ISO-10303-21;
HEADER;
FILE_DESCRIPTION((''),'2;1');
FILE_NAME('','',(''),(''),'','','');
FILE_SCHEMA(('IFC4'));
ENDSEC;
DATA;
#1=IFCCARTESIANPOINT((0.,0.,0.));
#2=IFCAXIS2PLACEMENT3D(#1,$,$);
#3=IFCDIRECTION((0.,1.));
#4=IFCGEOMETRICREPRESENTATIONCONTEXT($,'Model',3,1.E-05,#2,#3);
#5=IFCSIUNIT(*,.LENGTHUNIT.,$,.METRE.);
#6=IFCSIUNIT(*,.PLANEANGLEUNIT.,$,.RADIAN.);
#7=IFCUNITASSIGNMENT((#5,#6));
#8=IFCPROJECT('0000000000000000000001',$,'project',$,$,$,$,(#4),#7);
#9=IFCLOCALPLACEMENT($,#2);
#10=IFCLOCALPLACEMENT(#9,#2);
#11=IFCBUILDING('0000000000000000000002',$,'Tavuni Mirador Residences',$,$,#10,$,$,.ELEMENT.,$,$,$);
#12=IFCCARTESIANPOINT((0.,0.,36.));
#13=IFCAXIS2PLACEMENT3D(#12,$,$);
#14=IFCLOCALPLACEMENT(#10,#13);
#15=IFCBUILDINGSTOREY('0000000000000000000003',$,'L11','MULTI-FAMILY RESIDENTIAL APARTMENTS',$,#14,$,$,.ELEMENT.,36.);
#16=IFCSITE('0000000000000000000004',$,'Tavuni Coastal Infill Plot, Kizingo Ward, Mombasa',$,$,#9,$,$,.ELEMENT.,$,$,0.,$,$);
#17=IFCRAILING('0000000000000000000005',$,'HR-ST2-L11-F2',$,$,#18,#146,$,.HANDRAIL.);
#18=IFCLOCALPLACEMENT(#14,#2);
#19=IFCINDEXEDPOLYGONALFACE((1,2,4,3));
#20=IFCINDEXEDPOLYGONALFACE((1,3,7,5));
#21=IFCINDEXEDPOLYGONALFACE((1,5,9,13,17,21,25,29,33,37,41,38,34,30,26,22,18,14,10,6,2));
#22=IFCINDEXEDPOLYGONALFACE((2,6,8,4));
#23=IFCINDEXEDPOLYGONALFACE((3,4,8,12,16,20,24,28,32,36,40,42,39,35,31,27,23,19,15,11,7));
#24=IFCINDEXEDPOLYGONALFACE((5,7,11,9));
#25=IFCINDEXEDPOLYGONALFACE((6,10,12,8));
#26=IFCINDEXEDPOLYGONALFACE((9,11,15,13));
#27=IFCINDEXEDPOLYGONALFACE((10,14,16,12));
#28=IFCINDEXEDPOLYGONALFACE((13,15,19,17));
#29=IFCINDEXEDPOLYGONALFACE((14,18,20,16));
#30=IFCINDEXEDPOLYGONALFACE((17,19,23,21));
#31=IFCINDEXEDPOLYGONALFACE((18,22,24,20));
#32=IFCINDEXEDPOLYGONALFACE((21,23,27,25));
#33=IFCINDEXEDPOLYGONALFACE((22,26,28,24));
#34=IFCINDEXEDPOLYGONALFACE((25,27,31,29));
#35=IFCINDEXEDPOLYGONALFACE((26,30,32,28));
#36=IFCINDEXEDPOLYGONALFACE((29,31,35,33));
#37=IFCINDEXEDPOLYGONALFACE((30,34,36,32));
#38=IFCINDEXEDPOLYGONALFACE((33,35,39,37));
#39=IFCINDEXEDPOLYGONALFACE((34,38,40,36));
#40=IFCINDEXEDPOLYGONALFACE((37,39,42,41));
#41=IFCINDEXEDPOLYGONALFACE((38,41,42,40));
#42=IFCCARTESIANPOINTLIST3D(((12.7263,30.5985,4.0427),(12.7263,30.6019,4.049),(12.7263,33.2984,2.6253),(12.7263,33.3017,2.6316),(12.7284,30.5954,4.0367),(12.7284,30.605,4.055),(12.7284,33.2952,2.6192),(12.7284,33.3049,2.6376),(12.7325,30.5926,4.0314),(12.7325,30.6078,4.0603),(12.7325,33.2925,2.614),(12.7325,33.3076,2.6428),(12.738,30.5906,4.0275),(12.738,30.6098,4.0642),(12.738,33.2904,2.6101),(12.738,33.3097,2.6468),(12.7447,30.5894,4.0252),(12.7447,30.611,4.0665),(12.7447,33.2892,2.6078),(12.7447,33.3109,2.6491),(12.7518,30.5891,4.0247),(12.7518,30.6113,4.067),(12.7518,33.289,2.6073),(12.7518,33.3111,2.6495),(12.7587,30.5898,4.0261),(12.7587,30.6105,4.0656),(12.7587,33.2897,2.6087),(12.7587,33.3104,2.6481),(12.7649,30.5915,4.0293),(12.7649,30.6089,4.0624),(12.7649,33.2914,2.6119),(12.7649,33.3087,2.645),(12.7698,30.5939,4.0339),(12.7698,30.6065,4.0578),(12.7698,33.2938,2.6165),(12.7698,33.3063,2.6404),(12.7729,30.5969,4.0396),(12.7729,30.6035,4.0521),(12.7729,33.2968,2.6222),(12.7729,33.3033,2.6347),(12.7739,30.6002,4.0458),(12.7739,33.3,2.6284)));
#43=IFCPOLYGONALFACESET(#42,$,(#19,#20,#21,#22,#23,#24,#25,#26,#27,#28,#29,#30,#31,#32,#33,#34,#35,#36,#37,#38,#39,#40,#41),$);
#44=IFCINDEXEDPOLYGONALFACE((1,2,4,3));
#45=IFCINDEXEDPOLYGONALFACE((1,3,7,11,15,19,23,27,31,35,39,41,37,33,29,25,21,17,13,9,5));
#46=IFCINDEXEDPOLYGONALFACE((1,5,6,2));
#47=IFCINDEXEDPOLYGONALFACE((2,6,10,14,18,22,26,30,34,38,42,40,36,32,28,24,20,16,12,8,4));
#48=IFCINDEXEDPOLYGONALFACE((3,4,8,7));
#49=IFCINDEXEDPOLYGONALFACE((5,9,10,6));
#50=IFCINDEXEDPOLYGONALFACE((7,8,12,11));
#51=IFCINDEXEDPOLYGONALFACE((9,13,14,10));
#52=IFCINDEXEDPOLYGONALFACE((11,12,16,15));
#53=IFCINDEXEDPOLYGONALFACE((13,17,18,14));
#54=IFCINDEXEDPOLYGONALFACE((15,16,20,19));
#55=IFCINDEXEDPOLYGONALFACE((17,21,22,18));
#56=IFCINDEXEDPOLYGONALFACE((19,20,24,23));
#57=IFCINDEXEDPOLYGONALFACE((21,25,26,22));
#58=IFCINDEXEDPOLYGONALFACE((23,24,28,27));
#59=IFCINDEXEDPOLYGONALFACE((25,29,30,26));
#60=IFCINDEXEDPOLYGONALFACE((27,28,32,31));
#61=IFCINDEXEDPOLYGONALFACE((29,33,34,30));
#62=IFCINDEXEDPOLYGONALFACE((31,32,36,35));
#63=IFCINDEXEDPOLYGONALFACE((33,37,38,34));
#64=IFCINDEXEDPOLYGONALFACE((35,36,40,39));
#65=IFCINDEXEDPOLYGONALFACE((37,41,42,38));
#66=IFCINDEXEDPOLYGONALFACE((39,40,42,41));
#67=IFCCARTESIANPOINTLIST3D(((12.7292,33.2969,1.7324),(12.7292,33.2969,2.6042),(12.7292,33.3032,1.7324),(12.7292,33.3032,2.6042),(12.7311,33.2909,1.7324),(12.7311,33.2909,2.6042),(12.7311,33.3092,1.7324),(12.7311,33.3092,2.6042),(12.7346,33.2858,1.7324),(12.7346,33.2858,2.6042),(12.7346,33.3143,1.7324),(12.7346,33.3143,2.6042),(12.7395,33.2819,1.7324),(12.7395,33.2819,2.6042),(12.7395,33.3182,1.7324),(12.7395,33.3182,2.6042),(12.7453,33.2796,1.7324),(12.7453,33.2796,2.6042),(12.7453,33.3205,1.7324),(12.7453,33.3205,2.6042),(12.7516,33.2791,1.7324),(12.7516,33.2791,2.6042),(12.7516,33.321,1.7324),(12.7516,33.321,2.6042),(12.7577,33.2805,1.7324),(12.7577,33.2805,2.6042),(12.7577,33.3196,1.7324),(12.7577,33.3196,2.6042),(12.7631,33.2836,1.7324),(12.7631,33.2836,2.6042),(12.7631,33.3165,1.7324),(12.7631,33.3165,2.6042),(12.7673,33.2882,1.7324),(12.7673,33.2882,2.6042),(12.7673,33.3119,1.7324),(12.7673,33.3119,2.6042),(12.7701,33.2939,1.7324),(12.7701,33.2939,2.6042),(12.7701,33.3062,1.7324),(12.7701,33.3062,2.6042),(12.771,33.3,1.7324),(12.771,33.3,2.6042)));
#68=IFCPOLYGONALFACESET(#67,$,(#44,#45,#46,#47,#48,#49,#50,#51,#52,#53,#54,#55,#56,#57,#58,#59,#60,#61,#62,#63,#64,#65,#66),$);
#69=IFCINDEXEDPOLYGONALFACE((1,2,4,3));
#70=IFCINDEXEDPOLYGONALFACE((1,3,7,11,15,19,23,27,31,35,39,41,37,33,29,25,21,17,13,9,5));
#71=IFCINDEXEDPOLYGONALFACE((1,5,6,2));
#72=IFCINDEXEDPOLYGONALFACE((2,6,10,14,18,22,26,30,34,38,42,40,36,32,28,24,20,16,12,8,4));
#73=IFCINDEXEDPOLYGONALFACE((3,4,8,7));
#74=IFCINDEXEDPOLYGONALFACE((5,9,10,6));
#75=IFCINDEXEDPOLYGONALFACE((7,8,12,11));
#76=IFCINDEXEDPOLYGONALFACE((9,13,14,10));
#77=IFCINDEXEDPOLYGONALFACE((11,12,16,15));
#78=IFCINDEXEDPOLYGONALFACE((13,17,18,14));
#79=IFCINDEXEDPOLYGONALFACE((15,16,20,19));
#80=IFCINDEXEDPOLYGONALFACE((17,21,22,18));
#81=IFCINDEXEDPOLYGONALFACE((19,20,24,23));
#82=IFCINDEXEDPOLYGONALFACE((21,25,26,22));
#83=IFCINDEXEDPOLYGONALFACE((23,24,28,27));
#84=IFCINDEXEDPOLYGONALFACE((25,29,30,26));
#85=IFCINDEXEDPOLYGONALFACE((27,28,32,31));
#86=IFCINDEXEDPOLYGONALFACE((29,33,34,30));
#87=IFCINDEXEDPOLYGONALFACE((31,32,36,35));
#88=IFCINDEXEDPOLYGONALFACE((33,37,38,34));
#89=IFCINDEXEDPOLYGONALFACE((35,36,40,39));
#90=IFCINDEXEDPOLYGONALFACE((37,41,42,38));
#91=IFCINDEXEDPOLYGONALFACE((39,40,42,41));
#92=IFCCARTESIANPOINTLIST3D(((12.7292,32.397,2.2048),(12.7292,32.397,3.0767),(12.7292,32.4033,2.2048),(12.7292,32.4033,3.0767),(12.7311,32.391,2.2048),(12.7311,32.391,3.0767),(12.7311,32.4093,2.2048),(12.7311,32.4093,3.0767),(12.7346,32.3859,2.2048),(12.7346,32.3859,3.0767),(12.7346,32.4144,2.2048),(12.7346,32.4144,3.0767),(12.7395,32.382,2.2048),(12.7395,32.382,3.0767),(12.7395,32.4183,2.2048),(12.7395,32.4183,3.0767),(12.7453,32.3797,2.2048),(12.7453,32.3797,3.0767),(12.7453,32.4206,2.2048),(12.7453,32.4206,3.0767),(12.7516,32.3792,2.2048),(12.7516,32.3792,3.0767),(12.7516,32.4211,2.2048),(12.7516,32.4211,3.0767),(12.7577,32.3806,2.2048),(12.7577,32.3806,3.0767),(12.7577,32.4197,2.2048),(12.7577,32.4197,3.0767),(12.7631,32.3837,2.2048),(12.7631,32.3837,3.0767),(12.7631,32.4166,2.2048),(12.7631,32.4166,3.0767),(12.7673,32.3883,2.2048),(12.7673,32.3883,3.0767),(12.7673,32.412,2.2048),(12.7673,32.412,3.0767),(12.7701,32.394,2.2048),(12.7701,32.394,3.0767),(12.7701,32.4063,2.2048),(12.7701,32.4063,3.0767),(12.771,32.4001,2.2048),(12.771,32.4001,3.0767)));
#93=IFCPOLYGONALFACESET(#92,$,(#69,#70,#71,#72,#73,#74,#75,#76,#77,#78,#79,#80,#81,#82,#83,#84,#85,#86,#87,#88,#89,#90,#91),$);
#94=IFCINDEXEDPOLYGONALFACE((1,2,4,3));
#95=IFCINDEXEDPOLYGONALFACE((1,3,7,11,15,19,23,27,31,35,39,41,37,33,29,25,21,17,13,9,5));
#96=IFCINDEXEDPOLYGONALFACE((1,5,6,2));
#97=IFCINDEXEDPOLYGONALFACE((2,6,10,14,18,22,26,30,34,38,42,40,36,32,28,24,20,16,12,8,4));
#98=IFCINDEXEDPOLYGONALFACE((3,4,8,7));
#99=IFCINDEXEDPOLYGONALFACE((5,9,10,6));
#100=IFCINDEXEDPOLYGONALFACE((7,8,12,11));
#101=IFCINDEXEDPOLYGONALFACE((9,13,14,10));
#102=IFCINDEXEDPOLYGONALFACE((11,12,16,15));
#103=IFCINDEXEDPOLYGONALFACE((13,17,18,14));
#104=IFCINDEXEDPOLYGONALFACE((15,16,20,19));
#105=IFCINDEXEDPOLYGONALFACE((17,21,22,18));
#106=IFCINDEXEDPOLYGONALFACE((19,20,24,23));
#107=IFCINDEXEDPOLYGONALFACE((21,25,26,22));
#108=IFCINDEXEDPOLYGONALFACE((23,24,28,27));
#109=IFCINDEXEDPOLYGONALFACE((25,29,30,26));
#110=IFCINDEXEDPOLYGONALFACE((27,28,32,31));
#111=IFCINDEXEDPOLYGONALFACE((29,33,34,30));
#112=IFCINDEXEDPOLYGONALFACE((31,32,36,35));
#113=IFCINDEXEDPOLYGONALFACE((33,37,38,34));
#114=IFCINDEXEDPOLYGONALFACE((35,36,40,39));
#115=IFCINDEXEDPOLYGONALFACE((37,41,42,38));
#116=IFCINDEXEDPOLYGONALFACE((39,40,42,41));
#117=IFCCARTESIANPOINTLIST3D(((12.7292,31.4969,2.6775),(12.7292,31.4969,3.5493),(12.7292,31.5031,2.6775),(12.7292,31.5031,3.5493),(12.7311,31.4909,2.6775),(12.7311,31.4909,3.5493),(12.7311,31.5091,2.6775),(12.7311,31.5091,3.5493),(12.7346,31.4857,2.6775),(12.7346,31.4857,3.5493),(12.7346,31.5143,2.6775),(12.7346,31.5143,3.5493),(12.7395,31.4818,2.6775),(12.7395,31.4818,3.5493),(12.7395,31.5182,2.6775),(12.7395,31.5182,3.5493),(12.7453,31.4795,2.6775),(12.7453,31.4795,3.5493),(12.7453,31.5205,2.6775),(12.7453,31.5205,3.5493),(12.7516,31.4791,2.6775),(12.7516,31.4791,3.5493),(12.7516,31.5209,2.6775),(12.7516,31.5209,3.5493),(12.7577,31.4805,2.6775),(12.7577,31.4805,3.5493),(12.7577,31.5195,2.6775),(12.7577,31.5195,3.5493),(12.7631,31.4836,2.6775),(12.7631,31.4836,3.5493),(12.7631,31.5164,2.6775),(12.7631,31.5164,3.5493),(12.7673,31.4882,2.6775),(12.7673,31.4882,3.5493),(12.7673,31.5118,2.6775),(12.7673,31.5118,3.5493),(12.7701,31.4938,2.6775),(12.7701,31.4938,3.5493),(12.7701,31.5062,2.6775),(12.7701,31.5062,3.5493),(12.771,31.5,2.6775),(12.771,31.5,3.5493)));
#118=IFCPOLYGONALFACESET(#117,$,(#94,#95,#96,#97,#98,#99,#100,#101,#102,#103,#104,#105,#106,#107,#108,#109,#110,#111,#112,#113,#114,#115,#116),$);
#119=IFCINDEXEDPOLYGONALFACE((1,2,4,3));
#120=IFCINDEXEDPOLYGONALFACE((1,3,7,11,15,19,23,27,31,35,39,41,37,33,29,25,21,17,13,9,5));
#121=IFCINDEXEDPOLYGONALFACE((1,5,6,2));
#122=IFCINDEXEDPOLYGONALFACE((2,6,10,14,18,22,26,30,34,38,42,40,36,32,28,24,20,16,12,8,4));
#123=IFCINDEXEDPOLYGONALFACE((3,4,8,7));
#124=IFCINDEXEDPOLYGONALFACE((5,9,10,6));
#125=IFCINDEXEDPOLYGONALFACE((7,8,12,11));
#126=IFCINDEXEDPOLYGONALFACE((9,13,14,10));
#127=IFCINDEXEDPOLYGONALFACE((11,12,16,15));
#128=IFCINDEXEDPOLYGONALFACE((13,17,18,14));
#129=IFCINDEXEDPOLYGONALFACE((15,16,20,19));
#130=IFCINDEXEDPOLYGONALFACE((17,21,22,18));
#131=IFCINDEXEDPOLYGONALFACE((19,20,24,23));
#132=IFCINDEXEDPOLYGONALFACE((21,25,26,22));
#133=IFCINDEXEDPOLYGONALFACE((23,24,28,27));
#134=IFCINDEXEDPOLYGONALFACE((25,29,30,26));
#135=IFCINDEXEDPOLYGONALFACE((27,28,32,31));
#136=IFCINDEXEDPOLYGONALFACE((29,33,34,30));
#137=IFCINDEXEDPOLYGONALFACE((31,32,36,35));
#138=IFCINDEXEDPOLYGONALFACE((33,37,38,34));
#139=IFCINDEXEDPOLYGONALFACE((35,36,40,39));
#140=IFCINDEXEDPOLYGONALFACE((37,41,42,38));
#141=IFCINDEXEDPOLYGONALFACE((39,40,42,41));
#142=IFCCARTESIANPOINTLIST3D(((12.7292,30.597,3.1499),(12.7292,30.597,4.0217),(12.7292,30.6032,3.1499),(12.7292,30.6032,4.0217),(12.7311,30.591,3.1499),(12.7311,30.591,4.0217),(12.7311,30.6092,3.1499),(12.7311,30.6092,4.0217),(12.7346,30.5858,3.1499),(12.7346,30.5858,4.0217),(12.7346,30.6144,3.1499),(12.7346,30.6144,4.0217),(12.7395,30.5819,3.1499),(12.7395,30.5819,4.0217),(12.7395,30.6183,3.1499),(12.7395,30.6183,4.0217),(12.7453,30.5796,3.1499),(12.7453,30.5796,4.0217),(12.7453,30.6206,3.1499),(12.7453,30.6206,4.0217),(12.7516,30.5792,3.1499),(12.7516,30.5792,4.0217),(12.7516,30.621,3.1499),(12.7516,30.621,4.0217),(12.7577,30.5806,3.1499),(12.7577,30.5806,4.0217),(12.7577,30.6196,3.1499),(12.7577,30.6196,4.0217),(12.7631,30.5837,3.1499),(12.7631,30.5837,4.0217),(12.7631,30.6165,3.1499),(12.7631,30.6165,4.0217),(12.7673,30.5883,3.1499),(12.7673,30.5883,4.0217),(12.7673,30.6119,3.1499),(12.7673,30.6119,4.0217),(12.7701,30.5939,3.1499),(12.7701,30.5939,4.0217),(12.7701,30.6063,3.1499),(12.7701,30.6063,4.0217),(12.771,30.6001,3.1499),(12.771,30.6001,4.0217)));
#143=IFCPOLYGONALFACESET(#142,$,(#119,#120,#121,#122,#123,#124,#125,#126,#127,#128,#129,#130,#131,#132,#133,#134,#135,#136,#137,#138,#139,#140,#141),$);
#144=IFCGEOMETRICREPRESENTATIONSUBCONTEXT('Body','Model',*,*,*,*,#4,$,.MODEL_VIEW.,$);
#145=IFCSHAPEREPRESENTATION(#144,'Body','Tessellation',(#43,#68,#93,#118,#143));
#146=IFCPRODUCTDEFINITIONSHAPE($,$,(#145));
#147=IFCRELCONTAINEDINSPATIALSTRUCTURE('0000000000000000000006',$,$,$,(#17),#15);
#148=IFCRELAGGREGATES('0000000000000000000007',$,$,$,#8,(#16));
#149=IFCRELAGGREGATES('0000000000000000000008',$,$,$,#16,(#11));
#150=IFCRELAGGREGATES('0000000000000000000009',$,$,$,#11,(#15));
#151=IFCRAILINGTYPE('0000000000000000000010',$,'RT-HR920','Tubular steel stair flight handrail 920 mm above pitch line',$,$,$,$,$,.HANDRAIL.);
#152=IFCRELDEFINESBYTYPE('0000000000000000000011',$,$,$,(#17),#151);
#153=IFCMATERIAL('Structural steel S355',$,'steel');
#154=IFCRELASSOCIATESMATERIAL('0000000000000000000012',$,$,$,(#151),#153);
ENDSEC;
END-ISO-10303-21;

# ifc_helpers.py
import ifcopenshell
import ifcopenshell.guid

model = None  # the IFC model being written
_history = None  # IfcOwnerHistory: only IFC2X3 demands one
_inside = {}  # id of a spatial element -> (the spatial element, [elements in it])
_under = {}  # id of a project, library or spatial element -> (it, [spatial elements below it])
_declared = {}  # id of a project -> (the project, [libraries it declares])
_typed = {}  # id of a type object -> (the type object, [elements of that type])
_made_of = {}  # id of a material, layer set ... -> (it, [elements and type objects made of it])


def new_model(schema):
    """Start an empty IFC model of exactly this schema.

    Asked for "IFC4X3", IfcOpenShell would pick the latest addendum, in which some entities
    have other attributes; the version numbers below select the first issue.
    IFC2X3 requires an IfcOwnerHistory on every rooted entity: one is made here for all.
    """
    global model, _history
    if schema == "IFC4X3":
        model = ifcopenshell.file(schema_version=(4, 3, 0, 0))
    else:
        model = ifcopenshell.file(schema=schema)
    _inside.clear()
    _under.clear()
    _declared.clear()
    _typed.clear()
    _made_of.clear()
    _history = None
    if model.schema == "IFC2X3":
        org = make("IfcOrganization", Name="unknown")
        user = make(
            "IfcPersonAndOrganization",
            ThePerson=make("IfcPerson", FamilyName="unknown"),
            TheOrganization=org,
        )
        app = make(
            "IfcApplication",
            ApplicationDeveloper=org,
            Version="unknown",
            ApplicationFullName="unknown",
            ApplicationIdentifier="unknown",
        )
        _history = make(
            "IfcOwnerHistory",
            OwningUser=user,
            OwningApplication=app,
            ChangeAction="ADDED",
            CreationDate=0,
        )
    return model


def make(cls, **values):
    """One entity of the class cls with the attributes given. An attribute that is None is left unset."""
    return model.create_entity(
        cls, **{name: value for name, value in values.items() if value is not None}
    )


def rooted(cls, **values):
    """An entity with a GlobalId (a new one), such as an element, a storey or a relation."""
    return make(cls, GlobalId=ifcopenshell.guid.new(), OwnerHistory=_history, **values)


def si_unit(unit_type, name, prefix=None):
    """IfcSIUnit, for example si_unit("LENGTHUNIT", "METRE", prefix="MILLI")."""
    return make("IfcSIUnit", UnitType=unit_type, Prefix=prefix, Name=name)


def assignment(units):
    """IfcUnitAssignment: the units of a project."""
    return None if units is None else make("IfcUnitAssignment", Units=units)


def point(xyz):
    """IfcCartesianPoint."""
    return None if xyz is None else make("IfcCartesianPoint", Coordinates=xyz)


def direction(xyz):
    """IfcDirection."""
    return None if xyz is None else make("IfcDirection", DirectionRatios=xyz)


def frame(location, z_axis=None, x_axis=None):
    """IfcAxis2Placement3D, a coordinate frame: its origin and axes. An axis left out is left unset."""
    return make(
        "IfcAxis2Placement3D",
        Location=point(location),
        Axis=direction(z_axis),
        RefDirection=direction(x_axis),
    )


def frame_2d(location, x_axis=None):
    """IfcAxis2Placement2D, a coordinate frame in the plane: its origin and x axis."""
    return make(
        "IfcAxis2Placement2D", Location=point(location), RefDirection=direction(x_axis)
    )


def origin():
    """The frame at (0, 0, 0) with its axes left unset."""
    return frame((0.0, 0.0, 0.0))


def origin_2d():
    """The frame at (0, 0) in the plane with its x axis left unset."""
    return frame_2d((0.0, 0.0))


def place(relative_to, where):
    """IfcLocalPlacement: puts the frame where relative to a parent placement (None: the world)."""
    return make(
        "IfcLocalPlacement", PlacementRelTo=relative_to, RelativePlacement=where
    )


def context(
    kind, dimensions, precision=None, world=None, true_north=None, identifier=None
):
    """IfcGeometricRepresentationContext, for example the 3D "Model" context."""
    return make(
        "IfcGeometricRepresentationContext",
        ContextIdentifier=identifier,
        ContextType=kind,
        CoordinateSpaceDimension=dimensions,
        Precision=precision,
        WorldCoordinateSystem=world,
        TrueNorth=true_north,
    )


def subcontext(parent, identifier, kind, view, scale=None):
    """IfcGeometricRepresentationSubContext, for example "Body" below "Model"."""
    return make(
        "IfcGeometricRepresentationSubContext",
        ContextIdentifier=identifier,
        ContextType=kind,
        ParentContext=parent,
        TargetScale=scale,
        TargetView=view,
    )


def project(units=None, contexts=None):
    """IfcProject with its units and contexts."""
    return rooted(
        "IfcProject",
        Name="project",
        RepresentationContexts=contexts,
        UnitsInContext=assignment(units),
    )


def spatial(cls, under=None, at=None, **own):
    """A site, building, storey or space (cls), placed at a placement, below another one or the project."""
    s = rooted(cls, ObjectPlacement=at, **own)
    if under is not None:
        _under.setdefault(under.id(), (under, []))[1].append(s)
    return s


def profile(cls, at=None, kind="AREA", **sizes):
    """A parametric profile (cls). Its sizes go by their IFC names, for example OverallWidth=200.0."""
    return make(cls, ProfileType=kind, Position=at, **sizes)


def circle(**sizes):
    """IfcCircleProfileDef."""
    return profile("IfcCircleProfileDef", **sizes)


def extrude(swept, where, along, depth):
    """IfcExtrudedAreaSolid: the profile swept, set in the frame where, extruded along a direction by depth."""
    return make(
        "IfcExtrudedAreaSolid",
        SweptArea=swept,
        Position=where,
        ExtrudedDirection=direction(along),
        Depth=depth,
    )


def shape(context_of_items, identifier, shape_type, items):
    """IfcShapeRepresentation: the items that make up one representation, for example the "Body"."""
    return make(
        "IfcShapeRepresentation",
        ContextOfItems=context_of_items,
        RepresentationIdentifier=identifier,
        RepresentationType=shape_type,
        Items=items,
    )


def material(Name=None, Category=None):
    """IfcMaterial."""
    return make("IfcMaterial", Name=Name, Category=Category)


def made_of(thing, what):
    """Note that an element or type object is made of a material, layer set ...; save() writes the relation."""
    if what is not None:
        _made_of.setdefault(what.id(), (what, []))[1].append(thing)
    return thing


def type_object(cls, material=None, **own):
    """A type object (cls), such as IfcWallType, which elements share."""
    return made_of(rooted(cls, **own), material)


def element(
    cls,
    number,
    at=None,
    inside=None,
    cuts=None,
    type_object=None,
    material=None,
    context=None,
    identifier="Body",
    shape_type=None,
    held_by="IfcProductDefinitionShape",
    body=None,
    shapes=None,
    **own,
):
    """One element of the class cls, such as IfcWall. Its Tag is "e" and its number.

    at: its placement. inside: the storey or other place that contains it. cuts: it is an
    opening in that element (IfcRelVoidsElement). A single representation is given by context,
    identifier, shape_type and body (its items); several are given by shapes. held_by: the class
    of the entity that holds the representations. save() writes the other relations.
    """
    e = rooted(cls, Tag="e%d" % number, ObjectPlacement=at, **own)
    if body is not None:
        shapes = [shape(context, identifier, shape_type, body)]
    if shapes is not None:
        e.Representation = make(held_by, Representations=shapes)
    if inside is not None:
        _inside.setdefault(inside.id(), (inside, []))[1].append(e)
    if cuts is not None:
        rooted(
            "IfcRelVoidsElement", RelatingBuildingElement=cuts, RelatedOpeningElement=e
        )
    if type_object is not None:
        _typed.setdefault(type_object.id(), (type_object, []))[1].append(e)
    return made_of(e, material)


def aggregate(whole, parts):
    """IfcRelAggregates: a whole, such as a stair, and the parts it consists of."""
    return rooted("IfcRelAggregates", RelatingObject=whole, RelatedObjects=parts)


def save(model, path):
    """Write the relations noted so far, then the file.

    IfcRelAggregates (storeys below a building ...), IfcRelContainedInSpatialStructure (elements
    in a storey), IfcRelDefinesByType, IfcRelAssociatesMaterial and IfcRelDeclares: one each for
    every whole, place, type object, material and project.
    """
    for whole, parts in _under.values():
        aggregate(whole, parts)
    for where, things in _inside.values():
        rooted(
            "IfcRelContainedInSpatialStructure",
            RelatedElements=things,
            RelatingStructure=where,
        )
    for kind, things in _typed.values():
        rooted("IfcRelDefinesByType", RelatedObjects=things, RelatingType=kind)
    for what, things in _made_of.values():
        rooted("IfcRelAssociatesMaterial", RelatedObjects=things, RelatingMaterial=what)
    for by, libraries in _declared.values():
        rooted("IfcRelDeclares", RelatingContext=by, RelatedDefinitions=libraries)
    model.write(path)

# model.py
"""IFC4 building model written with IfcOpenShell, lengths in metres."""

from ifc_helpers import new_model, si_unit, direction, frame, origin, origin_2d, place, context, subcontext, project, spatial, circle, extrude, material, type_object, element, save


model = new_model("IFC4")

# Units and contexts
model_context = context("Model", 3, precision=1e-05, world=origin(), true_north=direction((0.0, 1.0)))
body_context = subcontext(model_context, "Body", "Model", "MODEL_VIEW")
ifc_project = project(units=[si_unit("LENGTHUNIT", "METRE"), si_unit("PLANEANGLEUNIT", "RADIAN")], contexts=[model_context])

# Site, building, storey
site_placement = place(None, origin())
site = spatial("IfcSite", under=ifc_project, at=site_placement, Name="Tavuni Coastal Infill Plot, Kizingo Ward, Mombasa", CompositionType="ELEMENT", RefElevation=0.0)
building_placement = place(site_placement, origin())
building = spatial("IfcBuilding", under=site, at=building_placement, Name="Tavuni Mirador Residences", CompositionType="ELEMENT")
storey_placement = place(building_placement, frame((0.0, 0.0, 36.0)))
storey = spatial("IfcBuildingStorey", under=building, at=storey_placement, Name="L11", Description="MULTI-FAMILY RESIDENTIAL APARTMENTS", CompositionType="ELEMENT", Elevation=36.0)

# Railing
ifc_material_1 = material(Name="Structural steel S355", Category="steel")
railing_type = type_object("IfcRailingType", Name="RT-HR920", Description="Tubular steel stair flight handrail 920 mm above pitch line", PredefinedType="HANDRAIL", material=ifc_material_1)
railing_1_placement = place(storey_placement, frame((12.75, 33.3, 1.7324)))
element("IfcRailing", 1, at=railing_1_placement, inside=storey, type_object=railing_type, Name="HR-ST2-L11-F2", PredefinedType="HANDRAIL", context=body_context, shape_type="SweptSolid", body=[
    extrude(circle(Radius=0.0239, at=origin_2d()), frame((0.0, 0.0, 0.896), z_axis=(0.0, -0.885397, 0.464835), x_axis=(1.0, 0.0, 0.0)), (0.0, 0.0, 1.0), 3.0493),
    extrude(circle(Radius=0.021, at=origin_2d()), origin(), (0.0, 0.0, 1.0), 0.8718),
    extrude(circle(Radius=0.021, at=origin_2d()), frame((0.0, -0.8999, 0.4724)), (0.0, 0.0, 1.0), 0.8718),
    extrude(circle(Radius=0.021, at=origin_2d()), frame((0.0, -1.8, 0.9451)), (0.0, 0.0, 1.0), 0.8718),
    extrude(circle(Radius=0.021, at=origin_2d()), frame((0.0, -2.7, 1.4175)), (0.0, 0.0, 1.0), 0.8718),
])

save(model, "model.ifc")
